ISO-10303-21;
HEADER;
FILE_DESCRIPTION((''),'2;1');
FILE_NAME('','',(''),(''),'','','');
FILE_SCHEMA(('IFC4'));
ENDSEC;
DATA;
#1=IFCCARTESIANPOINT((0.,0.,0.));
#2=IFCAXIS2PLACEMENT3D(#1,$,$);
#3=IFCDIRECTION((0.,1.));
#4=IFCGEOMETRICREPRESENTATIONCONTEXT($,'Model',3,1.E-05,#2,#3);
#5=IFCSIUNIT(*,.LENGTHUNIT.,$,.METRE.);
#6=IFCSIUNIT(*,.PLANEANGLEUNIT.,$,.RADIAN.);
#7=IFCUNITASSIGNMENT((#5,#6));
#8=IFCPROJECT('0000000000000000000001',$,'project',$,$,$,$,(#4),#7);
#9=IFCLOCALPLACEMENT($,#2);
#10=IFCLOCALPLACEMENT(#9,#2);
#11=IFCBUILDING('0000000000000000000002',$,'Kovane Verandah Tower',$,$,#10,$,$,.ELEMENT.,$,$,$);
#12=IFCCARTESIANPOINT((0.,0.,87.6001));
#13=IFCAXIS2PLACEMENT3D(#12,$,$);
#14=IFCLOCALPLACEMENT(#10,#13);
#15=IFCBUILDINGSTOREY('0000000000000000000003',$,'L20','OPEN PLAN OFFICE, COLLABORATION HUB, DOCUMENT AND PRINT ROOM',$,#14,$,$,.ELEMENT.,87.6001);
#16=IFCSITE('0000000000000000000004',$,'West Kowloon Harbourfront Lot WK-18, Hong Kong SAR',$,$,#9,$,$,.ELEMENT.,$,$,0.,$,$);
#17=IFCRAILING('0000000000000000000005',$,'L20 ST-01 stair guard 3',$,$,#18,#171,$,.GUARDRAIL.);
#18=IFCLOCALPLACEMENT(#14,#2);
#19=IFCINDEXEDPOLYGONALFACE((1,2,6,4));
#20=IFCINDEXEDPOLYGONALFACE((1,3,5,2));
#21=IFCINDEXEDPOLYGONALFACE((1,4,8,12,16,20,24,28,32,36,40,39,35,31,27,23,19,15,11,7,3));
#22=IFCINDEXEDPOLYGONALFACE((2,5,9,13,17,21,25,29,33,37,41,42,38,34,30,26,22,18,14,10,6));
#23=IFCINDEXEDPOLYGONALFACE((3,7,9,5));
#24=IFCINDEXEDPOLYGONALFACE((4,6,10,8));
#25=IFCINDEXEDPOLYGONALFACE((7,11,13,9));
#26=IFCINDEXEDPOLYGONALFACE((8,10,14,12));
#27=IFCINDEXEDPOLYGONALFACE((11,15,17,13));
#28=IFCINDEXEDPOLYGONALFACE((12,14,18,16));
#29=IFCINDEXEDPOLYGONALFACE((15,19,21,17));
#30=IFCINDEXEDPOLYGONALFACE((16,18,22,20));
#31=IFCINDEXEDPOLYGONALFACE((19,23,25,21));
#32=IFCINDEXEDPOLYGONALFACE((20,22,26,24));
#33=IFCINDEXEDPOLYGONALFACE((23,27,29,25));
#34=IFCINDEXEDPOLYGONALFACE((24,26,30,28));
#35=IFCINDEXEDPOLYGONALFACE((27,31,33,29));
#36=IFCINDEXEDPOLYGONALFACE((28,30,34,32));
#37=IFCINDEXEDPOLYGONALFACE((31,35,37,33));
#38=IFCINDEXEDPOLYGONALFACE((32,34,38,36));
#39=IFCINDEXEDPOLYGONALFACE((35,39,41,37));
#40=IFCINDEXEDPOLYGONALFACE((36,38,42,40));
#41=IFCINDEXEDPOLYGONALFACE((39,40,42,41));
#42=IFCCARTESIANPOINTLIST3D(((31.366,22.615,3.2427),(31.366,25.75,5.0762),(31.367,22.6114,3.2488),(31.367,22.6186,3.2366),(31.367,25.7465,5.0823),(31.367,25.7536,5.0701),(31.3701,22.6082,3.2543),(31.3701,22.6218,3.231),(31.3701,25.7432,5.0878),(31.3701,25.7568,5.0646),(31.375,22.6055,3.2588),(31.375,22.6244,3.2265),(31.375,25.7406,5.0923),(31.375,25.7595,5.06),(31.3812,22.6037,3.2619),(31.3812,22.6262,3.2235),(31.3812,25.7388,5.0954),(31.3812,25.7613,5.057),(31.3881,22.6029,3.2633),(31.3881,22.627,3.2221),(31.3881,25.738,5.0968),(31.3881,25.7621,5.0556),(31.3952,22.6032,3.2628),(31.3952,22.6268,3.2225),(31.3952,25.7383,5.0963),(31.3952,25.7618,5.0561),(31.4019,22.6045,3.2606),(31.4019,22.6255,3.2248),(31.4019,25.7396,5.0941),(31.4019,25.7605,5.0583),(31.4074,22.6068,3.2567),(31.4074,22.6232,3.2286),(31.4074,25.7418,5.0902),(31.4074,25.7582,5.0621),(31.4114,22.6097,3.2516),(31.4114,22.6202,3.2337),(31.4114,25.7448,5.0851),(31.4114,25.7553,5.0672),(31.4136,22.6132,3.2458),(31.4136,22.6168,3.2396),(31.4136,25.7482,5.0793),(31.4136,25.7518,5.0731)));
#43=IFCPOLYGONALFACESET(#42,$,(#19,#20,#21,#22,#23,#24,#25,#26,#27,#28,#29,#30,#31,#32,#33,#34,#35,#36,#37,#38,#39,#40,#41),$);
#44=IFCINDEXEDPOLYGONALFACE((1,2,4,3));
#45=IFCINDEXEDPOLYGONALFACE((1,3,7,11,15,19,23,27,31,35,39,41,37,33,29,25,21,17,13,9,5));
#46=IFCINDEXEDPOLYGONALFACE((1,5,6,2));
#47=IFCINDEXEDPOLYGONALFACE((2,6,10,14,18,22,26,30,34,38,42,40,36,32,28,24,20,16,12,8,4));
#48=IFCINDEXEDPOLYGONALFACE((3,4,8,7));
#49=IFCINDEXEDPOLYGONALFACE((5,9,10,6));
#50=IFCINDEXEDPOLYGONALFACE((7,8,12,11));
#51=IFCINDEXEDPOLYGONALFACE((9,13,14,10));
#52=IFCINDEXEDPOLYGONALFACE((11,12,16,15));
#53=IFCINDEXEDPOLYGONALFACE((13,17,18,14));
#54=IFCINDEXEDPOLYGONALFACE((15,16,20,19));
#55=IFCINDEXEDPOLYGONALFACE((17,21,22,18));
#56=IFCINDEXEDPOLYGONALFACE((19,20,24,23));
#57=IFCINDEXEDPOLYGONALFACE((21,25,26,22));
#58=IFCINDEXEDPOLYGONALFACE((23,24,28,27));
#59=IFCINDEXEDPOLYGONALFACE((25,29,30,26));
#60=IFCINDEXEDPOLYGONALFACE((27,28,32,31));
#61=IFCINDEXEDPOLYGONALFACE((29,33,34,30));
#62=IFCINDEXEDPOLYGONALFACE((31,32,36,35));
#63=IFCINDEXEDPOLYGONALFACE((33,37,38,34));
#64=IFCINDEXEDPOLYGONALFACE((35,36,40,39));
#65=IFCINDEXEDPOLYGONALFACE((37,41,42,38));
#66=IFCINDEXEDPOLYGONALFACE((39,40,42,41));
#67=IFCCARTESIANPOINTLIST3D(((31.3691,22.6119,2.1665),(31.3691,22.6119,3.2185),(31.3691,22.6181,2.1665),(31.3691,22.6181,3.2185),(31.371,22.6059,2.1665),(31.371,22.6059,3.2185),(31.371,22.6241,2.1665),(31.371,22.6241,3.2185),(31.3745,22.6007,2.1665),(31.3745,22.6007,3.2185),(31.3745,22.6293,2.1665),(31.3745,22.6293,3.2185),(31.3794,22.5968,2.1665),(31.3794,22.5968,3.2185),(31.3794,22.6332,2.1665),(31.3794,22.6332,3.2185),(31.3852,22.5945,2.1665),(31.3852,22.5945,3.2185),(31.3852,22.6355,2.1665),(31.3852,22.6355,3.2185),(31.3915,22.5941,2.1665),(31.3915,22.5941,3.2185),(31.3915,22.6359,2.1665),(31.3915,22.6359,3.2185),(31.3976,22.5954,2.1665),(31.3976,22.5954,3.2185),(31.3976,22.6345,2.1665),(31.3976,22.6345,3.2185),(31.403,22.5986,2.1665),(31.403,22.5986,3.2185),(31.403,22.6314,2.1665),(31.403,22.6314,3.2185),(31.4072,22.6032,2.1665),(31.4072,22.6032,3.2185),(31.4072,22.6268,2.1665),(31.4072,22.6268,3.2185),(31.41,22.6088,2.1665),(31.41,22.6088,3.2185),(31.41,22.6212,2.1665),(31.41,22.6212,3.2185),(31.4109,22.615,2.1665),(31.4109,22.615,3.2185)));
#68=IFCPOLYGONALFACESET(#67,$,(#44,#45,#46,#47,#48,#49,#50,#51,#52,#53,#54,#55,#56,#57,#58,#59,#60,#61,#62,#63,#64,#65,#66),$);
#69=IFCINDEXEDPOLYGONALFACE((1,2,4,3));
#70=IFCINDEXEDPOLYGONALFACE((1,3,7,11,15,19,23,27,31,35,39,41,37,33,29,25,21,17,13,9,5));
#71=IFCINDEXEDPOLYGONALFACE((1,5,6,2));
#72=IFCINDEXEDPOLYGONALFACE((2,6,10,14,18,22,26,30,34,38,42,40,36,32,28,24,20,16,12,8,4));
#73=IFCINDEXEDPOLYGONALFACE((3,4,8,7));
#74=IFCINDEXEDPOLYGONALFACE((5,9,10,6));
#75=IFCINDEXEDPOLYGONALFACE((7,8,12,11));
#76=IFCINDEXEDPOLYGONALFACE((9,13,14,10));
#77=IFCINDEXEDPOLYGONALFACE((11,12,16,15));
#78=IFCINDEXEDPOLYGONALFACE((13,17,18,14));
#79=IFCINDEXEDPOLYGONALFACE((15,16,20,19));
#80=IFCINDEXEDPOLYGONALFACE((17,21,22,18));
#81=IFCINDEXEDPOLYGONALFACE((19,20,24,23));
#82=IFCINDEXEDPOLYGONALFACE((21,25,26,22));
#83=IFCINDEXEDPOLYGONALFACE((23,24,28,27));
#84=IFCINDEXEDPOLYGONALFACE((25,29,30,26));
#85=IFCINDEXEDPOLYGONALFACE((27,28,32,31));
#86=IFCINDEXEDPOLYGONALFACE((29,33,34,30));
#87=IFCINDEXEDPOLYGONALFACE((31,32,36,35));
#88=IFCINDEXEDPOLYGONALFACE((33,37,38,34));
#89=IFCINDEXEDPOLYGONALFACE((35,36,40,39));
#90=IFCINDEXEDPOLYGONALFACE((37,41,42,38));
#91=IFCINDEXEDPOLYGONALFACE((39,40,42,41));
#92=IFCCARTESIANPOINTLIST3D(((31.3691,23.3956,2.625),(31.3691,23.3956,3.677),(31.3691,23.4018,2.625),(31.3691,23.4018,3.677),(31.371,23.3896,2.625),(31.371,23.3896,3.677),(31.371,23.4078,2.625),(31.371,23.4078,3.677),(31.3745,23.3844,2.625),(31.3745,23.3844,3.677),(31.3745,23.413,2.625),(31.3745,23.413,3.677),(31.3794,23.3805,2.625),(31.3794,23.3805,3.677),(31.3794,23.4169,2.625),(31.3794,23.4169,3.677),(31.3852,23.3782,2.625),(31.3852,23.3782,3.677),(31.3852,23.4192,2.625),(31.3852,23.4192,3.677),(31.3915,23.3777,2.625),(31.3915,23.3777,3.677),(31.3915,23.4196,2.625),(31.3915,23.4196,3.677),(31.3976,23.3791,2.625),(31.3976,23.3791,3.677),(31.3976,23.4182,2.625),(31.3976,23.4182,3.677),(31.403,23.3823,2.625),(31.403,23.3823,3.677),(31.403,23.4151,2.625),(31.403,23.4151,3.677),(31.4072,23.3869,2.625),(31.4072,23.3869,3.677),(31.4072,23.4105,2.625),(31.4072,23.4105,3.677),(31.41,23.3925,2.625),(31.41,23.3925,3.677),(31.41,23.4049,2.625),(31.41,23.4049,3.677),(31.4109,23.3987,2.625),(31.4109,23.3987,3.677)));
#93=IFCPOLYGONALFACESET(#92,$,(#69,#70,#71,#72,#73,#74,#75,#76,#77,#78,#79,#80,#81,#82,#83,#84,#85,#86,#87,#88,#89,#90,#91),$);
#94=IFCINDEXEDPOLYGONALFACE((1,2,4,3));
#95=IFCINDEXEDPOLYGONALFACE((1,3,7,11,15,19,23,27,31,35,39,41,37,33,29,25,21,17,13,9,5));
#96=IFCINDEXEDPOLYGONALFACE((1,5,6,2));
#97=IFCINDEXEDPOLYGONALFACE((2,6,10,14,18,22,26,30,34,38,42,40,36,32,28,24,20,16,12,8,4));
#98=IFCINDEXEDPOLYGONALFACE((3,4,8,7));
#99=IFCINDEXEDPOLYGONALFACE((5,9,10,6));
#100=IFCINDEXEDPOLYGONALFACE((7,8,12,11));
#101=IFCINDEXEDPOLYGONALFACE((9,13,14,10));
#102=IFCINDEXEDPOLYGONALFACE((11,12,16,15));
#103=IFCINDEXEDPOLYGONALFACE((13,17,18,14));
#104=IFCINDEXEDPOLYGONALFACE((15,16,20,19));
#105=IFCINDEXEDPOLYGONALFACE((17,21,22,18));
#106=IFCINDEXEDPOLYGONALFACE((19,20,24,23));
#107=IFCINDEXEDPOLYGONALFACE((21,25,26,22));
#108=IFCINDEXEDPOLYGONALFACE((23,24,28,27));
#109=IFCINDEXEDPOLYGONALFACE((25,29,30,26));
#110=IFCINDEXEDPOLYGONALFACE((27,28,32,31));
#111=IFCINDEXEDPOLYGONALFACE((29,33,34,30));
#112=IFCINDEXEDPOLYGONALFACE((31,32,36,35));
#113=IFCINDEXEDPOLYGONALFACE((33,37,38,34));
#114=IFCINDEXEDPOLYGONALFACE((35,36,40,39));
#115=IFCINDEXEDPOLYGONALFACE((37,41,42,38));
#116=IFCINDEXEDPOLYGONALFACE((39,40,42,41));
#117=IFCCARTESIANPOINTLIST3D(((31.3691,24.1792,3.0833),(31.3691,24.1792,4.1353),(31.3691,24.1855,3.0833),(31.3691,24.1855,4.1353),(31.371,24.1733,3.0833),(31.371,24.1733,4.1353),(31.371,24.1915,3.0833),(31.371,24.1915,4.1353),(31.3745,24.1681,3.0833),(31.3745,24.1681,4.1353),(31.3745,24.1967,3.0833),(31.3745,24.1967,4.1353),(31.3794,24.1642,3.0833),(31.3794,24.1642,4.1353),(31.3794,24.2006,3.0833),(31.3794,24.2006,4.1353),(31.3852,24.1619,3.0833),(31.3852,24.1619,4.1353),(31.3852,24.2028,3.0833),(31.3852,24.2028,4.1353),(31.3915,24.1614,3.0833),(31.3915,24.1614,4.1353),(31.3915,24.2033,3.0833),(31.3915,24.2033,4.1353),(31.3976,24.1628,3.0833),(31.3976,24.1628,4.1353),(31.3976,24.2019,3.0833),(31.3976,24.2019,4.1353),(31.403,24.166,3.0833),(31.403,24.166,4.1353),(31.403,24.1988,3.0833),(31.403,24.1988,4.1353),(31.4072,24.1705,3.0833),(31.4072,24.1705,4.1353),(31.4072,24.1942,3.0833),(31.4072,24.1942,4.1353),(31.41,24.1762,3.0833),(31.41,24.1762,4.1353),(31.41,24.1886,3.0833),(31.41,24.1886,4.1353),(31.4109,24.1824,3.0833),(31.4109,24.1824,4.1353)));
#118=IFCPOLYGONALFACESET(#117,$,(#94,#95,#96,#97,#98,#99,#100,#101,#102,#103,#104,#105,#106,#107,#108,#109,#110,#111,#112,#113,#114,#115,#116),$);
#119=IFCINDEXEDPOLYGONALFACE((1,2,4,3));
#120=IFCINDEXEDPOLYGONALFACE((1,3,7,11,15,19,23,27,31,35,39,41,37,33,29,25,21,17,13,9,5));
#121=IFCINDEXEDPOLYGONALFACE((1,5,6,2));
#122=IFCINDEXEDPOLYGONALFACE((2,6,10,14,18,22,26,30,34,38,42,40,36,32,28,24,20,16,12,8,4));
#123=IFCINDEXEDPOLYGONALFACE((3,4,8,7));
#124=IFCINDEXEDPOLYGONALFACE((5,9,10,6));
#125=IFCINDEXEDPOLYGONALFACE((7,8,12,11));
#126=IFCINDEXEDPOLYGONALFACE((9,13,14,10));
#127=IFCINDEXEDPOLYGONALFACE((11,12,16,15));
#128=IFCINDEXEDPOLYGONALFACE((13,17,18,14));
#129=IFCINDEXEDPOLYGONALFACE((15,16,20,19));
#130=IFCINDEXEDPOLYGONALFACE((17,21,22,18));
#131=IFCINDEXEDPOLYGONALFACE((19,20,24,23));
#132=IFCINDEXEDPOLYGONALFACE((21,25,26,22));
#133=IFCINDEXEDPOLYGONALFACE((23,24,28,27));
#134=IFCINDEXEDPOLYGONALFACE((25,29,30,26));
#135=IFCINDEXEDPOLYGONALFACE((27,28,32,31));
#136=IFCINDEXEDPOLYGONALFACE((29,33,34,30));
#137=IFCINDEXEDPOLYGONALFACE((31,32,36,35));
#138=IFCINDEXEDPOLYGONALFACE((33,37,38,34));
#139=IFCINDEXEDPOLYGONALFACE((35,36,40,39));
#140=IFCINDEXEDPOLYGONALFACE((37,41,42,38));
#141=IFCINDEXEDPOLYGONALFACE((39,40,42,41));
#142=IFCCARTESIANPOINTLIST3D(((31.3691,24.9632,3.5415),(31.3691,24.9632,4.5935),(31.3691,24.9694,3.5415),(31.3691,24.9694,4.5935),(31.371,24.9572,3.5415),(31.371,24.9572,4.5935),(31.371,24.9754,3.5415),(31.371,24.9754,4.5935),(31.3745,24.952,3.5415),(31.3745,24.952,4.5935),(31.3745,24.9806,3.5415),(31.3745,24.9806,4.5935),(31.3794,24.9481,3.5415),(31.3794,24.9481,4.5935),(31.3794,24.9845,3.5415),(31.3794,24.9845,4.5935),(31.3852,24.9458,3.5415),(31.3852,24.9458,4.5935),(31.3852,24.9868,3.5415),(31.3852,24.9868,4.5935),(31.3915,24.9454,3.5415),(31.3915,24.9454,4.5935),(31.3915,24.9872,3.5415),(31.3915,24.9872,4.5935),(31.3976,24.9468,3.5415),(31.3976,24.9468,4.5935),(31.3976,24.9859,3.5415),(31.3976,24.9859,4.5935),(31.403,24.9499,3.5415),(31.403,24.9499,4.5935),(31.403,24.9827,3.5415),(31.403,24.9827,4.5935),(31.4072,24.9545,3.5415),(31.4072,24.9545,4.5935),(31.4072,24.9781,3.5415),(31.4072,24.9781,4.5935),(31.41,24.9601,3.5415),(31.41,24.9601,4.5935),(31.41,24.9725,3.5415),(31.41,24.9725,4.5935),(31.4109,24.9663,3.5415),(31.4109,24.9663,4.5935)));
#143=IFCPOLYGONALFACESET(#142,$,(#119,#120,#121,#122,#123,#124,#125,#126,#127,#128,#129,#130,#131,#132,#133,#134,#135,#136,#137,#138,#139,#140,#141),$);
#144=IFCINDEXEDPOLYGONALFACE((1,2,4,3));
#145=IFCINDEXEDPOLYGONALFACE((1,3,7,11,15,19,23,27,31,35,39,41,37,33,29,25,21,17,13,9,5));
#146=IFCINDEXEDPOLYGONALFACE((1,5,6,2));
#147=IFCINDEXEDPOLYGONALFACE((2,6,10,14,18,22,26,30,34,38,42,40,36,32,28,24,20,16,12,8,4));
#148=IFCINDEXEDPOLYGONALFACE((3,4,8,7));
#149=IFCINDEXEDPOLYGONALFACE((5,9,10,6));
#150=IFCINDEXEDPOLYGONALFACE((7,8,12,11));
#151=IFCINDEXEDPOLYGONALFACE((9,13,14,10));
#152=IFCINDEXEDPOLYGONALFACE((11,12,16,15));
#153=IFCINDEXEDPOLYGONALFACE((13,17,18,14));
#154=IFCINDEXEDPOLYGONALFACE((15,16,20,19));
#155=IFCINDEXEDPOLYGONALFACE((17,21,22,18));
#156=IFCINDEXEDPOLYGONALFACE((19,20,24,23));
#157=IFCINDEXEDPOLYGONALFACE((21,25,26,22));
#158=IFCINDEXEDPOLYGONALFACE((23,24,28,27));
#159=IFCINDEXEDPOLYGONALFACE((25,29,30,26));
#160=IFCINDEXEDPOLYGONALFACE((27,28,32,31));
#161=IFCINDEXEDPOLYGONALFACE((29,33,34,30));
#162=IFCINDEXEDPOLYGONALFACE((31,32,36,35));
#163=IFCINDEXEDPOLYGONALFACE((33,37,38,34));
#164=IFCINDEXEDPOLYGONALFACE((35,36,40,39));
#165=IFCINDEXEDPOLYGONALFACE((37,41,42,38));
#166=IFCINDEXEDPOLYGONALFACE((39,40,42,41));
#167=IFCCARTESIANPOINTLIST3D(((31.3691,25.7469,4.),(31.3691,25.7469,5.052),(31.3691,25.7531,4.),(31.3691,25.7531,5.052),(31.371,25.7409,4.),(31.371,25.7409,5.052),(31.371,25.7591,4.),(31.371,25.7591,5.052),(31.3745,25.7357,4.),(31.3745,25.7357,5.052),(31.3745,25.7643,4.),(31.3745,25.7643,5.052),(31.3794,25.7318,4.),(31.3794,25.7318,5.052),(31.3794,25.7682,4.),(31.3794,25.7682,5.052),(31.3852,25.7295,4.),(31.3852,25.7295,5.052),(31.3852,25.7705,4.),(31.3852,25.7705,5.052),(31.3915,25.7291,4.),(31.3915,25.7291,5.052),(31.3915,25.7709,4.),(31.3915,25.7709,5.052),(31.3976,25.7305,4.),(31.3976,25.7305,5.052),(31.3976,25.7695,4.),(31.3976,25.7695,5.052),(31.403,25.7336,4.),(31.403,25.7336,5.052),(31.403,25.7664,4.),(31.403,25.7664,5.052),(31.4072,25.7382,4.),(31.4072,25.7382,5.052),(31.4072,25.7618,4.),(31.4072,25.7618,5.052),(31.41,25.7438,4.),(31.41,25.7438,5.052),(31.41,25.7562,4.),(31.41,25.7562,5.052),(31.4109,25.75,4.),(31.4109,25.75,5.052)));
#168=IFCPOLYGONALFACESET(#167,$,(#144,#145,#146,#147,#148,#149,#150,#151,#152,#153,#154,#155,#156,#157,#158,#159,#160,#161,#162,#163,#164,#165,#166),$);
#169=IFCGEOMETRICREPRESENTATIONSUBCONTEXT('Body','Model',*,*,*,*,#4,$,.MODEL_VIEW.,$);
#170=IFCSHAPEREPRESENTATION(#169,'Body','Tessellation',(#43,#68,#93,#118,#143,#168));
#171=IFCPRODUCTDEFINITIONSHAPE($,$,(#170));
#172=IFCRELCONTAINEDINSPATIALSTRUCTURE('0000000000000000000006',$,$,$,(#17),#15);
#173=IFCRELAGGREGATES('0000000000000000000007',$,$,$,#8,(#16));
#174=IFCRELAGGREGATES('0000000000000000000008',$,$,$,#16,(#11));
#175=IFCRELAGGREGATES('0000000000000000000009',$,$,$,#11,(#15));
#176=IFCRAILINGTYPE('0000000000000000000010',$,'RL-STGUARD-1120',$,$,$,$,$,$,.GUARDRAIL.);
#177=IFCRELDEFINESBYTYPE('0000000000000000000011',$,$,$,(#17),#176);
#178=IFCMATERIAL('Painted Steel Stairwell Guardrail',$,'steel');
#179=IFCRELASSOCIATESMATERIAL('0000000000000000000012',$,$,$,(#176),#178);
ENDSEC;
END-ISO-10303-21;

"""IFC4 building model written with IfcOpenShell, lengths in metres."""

from ifc_helpers import new_model, si_unit, direction, frame, origin, origin_2d, place, context, subcontext, project, spatial, circle, extrude, material, type_object, element, save


model = new_model("IFC4")

# Units and contexts
model_context = context("Model", 3, precision=1e-05, world=origin(), true_north=direction((0.0, 1.0)))
body_context = subcontext(model_context, "Body", "Model", "MODEL_VIEW")
ifc_project = project(units=[si_unit("LENGTHUNIT", "METRE"), si_unit("PLANEANGLEUNIT", "RADIAN")], contexts=[model_context])

# Site, building, storey
site_placement = place(None, origin())
site = spatial("IfcSite", under=ifc_project, at=site_placement, Name="West Kowloon Harbourfront Lot WK-18, Hong Kong SAR", CompositionType="ELEMENT", RefElevation=0.0)
building_placement = place(site_placement, origin())
building = spatial("IfcBuilding", under=site, at=building_placement, Name="Kovane Verandah Tower", CompositionType="ELEMENT")
storey_placement = place(building_placement, frame((0.0, 0.0, 87.6001)))
storey = spatial("IfcBuildingStorey", under=building, at=storey_placement, Name="L20", Description="OPEN PLAN OFFICE, COLLABORATION HUB, DOCUMENT AND PRINT ROOM", CompositionType="ELEMENT", Elevation=87.6001)

# Railing
ifc_material_1 = material(Name="Painted Steel Stairwell Guardrail", Category="steel")
railing_type_1 = type_object("IfcRailingType", Name="RL-STGUARD-1120", PredefinedType="GUARDRAIL", material=ifc_material_1)
railing_1_placement = place(storey_placement, frame((31.3899, 22.615, 2.1665)))
element("IfcRailing", 1, at=railing_1_placement, inside=storey, type_object=railing_type_1, Name="L20 ST-01 stair guard 3", PredefinedType="GUARDRAIL", context=body_context, shape_type="SweptSolid", body=[
    extrude(circle(Radius=0.0239, at=origin_2d()), frame((0.0, 0.0, 1.0762), z_axis=(0.0, 0.86321, 0.504845), x_axis=(-1.0, 0.0, 0.0)), (0.0, 0.0, 1.0), 3.6318),
    extrude(circle(Radius=0.021, at=origin_2d()), origin(), (0.0, 0.0, 1.0), 1.052),
    extrude(circle(Radius=0.021, at=origin_2d()), frame((0.0, 0.7837, 0.4585)), (0.0, 0.0, 1.0), 1.052),
    extrude(circle(Radius=0.021, at=origin_2d()), frame((0.0, 1.5674, 0.9167)), (0.0, 0.0, 1.0), 1.052),
    extrude(circle(Radius=0.021, at=origin_2d()), frame((0.0, 2.3513, 1.375)), (0.0, 0.0, 1.0), 1.052),
    extrude(circle(Radius=0.021, at=origin_2d()), frame((0.0, 3.135, 1.8335)), (0.0, 0.0, 1.0), 1.052),
])

save(model, "model.ifc")
